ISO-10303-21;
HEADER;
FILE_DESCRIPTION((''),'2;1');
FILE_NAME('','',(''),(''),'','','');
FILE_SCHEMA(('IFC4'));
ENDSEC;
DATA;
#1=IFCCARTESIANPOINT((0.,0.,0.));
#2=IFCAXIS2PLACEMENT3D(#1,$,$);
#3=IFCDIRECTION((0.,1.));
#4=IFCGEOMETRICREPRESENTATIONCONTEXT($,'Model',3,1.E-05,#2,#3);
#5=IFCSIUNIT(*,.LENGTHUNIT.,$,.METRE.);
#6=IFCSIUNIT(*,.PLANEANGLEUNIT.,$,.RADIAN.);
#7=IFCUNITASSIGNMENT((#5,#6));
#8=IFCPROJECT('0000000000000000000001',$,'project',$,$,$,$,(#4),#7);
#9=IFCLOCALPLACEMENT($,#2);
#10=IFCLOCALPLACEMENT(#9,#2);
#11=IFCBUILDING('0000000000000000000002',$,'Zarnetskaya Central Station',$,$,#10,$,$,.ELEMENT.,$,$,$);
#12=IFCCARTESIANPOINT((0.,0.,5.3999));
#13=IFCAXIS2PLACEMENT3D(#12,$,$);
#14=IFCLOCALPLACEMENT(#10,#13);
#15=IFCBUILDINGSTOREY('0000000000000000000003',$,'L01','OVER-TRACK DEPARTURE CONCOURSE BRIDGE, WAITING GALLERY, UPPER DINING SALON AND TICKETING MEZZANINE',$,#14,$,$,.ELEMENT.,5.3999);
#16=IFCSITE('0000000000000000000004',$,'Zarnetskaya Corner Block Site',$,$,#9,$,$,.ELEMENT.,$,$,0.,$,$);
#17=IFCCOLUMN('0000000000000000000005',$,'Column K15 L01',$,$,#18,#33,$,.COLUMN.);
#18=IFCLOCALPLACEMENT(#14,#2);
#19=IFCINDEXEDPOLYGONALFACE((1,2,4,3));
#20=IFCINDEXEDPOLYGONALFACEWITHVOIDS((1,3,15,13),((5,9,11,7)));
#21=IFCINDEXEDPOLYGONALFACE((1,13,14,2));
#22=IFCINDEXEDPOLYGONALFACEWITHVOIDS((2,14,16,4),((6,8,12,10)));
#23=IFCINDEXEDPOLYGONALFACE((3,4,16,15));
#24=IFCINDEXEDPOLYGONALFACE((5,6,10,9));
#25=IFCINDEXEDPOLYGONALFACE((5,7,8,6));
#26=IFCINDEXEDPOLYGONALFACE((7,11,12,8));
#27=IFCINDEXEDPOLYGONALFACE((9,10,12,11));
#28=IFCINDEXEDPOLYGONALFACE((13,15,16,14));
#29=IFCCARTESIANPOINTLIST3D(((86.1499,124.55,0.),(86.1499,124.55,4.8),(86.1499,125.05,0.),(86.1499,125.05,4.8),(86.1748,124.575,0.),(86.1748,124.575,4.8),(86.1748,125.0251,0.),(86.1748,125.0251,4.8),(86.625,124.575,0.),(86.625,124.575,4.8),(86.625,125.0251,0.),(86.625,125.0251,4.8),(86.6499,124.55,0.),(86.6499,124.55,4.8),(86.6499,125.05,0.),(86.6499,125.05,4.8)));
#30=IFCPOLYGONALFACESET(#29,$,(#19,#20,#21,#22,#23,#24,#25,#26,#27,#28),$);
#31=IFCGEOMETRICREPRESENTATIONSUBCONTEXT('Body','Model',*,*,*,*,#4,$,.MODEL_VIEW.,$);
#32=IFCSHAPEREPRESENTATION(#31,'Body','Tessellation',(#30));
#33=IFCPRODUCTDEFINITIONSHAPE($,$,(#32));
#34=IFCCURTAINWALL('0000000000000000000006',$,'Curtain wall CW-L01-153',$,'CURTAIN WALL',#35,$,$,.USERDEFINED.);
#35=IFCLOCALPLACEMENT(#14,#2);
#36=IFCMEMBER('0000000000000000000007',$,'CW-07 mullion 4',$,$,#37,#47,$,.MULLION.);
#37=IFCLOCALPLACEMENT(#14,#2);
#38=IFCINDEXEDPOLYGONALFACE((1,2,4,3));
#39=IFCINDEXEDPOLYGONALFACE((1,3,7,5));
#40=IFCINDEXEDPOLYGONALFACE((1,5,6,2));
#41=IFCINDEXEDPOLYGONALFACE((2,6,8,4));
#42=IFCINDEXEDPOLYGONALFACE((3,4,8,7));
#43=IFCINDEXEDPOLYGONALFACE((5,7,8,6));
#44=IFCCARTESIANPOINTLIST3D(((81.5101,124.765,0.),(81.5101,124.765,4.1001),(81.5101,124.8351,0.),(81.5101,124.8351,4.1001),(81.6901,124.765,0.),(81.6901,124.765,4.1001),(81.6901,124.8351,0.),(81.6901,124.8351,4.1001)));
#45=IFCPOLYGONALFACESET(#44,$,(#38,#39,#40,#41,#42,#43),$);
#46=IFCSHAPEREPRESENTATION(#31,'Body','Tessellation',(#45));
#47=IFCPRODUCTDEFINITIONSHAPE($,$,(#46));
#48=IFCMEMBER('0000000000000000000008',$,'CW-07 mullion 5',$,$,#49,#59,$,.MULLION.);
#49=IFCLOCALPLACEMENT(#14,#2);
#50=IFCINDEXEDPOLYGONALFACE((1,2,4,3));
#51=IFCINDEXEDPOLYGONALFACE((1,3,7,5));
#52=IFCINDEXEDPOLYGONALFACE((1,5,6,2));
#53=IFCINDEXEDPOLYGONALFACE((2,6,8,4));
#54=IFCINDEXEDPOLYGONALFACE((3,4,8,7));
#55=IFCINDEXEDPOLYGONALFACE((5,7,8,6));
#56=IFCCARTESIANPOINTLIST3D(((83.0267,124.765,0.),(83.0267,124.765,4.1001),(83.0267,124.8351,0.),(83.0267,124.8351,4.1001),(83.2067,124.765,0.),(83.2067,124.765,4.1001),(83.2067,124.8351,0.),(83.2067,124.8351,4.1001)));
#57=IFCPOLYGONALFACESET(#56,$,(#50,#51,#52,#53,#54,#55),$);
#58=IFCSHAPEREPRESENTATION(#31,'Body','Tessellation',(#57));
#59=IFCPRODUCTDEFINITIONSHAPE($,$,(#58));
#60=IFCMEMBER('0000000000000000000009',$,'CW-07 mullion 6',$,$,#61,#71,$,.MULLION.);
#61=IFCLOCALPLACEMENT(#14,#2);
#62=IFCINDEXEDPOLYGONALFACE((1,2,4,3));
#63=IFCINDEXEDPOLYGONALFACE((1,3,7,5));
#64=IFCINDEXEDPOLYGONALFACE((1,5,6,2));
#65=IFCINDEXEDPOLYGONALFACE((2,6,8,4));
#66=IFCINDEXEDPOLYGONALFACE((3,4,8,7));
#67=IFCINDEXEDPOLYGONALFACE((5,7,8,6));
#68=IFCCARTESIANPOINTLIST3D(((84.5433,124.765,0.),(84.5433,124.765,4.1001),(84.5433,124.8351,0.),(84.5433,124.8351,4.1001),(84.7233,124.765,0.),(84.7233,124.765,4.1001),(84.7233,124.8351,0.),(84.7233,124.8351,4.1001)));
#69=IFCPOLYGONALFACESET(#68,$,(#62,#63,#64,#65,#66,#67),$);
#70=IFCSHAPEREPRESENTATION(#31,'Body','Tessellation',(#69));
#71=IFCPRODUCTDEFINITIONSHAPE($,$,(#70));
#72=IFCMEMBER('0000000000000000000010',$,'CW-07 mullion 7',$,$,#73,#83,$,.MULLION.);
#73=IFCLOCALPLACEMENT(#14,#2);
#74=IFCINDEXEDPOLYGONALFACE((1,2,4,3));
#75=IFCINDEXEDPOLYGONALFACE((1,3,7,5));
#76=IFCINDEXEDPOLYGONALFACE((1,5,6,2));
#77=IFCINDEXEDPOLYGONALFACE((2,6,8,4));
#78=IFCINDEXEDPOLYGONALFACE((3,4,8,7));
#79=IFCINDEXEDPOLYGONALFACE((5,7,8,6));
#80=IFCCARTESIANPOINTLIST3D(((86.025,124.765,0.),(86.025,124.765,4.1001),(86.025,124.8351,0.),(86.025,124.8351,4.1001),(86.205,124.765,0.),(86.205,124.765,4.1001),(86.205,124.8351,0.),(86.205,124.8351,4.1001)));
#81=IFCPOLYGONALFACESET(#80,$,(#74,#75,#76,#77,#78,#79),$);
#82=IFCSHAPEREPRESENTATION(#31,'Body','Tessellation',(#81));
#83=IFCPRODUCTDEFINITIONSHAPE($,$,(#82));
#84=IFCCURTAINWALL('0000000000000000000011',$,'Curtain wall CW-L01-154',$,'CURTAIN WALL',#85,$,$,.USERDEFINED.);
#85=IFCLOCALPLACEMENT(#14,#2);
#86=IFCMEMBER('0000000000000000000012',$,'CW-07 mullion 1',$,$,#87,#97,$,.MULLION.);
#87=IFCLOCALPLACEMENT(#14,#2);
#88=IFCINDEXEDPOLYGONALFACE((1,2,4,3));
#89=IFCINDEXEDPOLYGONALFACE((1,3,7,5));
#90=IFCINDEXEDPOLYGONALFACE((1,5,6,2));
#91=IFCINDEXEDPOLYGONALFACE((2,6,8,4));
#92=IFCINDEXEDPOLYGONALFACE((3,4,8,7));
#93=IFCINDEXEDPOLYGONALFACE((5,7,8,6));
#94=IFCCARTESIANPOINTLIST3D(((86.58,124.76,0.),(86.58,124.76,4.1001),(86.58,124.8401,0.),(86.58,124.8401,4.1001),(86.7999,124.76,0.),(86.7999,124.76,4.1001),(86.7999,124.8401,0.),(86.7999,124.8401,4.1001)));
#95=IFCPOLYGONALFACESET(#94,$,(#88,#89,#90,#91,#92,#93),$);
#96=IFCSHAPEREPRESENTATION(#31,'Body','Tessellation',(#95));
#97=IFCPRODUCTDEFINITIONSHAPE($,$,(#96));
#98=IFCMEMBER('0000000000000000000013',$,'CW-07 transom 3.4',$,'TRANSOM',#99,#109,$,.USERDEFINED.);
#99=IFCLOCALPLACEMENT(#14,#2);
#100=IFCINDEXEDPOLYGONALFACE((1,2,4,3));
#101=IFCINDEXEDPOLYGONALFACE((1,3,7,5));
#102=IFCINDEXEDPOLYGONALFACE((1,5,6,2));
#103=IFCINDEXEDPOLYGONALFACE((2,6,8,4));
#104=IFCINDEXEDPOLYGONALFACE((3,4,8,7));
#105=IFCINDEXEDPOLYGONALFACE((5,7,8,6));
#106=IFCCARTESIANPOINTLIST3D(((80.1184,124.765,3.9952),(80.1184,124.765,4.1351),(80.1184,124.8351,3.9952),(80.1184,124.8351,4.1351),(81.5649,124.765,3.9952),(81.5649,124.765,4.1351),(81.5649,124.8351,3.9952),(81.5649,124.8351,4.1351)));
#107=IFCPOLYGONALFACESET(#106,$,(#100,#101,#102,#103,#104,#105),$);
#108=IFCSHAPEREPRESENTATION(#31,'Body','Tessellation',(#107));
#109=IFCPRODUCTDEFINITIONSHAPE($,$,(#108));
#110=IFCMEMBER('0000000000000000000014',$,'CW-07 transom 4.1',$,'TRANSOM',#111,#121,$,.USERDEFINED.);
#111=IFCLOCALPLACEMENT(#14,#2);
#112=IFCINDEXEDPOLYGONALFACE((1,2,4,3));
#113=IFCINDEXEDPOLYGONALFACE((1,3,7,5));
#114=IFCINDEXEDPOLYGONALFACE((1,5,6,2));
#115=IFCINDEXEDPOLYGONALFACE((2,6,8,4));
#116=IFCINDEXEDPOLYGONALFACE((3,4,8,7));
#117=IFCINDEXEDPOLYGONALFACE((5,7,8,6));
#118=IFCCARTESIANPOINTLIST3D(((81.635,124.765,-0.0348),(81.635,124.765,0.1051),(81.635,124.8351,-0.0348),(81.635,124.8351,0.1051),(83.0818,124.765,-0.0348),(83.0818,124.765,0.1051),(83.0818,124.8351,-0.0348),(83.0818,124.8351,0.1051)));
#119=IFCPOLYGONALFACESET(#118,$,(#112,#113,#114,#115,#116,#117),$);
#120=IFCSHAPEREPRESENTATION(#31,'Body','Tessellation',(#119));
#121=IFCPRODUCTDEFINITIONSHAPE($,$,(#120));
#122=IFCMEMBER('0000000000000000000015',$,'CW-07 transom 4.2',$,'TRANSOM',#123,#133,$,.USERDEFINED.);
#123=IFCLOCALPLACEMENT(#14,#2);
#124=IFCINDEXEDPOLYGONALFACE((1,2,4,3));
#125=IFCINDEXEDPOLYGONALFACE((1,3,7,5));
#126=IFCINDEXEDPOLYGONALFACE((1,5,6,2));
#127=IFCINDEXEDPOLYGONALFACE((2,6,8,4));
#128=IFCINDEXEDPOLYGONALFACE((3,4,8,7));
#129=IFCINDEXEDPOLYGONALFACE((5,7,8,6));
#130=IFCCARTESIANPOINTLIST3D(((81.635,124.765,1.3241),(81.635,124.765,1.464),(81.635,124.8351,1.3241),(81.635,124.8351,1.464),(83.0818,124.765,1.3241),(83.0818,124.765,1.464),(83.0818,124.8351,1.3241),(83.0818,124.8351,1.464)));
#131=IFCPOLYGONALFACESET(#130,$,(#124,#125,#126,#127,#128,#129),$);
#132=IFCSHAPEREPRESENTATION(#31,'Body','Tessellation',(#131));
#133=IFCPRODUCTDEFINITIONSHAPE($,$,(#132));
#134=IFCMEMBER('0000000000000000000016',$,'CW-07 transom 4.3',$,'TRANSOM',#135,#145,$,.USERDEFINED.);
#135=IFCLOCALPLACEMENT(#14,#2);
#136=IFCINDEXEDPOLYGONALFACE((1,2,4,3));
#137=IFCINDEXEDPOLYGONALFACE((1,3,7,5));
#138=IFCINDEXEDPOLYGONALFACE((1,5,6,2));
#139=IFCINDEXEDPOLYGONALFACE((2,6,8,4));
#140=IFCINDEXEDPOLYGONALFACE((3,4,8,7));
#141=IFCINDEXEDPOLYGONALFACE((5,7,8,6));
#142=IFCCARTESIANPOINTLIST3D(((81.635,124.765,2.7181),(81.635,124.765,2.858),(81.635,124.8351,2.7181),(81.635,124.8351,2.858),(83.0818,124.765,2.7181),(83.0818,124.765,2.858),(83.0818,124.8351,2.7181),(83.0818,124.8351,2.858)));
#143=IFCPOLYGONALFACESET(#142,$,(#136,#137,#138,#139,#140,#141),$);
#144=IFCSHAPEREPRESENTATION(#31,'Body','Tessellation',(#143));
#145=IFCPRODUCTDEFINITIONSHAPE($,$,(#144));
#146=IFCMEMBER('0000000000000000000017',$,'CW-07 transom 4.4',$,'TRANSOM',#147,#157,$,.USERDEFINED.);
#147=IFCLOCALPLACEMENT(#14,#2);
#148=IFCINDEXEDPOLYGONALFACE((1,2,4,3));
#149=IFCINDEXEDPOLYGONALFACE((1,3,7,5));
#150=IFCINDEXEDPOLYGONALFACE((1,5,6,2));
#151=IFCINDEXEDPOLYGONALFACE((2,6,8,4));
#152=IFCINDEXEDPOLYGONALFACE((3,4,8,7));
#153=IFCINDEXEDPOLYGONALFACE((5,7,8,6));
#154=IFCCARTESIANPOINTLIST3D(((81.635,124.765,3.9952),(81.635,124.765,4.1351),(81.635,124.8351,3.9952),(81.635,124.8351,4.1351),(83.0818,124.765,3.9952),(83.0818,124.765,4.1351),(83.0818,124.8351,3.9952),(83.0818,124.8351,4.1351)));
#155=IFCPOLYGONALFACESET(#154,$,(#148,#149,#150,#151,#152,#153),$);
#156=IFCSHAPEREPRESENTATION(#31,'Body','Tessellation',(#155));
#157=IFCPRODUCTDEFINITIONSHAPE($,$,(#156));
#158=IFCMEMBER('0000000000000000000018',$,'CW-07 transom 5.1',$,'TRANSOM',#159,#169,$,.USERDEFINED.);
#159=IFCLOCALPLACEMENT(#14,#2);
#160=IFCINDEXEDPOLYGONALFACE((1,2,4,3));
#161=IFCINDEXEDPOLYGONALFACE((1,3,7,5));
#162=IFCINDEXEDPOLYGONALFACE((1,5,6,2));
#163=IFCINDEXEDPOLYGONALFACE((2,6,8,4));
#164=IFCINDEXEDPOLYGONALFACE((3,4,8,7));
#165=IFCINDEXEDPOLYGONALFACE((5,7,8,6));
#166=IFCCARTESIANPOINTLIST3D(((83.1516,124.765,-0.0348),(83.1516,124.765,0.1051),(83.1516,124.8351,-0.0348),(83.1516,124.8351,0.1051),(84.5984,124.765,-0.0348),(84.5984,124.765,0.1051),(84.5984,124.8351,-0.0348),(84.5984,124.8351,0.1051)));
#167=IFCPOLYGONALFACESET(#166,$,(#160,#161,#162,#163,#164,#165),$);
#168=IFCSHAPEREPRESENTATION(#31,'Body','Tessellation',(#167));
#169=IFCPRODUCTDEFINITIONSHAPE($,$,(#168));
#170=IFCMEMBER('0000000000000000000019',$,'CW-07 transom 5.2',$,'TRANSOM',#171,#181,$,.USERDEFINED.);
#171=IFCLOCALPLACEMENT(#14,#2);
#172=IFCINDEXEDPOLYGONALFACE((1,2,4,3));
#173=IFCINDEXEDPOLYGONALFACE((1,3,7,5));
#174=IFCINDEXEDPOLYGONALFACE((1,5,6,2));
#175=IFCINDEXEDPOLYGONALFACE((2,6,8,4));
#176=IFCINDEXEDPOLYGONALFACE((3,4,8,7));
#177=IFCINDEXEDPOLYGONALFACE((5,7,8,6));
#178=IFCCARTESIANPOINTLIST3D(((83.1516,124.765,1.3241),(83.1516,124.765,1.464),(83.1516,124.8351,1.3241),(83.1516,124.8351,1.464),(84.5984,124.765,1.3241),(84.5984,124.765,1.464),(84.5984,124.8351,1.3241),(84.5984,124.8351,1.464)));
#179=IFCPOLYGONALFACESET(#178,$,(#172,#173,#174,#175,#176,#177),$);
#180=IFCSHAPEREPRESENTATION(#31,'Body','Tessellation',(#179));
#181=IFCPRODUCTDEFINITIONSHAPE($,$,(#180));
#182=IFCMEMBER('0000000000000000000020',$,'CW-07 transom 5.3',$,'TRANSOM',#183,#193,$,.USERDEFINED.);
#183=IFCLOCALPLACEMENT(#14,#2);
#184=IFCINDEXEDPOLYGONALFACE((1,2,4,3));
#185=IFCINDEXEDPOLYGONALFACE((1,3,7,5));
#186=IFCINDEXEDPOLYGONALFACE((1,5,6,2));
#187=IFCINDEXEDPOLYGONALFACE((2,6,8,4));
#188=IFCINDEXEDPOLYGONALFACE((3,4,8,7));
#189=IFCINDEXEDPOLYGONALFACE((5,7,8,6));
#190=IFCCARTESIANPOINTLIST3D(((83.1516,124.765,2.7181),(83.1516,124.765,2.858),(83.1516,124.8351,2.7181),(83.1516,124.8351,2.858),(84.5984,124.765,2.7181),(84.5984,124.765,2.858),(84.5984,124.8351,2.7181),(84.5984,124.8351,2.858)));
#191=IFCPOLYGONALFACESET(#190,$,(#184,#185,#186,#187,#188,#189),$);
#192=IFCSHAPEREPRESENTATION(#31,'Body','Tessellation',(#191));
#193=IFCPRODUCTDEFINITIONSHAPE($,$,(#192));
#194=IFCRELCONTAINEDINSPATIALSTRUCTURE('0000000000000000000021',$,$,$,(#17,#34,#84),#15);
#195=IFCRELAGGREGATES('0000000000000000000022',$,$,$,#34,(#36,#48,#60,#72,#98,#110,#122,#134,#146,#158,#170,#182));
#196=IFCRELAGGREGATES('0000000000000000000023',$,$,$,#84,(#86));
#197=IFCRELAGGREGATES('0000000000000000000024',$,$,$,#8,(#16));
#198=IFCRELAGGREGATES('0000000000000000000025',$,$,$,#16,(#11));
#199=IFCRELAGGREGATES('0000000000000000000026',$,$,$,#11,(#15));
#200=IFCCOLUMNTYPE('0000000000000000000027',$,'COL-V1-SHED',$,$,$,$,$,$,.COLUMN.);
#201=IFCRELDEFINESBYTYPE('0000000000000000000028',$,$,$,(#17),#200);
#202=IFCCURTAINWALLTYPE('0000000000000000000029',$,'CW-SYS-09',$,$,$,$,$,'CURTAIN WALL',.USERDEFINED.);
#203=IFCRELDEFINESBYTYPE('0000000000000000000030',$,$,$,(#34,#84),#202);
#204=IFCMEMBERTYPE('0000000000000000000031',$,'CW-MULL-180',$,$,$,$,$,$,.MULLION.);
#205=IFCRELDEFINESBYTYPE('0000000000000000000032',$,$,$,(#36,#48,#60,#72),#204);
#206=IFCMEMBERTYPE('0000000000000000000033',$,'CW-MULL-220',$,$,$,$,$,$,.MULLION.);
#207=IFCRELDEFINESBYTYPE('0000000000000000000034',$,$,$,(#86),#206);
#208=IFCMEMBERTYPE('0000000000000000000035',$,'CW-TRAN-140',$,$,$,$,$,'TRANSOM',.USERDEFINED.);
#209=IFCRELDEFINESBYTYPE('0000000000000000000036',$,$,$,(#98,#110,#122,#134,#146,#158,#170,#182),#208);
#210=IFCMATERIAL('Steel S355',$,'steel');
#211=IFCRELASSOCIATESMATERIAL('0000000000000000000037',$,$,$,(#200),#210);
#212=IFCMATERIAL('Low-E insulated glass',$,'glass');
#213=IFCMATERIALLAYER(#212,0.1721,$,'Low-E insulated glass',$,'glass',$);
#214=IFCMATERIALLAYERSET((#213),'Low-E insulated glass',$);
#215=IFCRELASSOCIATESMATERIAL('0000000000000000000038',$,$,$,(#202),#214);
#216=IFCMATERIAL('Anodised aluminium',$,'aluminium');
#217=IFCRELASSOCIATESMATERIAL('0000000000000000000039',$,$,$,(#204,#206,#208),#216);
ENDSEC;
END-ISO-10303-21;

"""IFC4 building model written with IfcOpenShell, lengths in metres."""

from ifc_helpers import new_model, si_unit, direction, frame, origin, origin_2d, place, context, subcontext, project, spatial, rectangle, hollow_rectangle, extrude, material, layer, layer_set, material_profile, profile_set, type_object, element, aggregate, save


model = new_model("IFC4")

# Units and contexts
model_context = context("Model", 3, precision=1e-05, world=origin(), true_north=direction((0.0, 1.0)))
body_context = subcontext(model_context, "Body", "Model", "MODEL_VIEW")
ifc_project = project(units=[si_unit("LENGTHUNIT", "METRE"), si_unit("PLANEANGLEUNIT", "RADIAN")], contexts=[model_context])

# Site, building, storey
site_placement = place(None, origin())
site = spatial("IfcSite", under=ifc_project, at=site_placement, Name="Zarnetskaya Corner Block Site", CompositionType="ELEMENT", RefElevation=0.0)
building_placement = place(site_placement, origin())
building = spatial("IfcBuilding", under=site, at=building_placement, Name="Zarnetskaya Central Station", CompositionType="ELEMENT")
storey_placement = place(building_placement, frame((0.0, 0.0, 5.3999)))
storey = spatial("IfcBuildingStorey", under=building, at=storey_placement, Name="L01", Description="OVER-TRACK DEPARTURE CONCOURSE BRIDGE, WAITING GALLERY, UPPER DINING SALON AND TICKETING MEZZANINE", CompositionType="ELEMENT", Elevation=5.3999)

# Column
ifc_material_1 = material(Name="Steel S355", Category="steel")
ifc_material_profile_1 = material_profile(ifc_material_1, hollow_rectangle(XDim=0.5, YDim=0.5, WallThickness=0.0249, at=origin_2d()), Name="BOX 500x500x25")
ifc_profile_set_1 = profile_set([ifc_material_profile_1], Name="Steel S355")
column_type = type_object("IfcColumnType", Name="COL-V1-SHED", PredefinedType="COLUMN", material=ifc_profile_set_1)
column_placement = place(storey_placement, frame((86.3999, 124.8, 0.0), z_axis=(0.0, 0.0, 1.0), x_axis=(1.0, 0.0, 0.0)))
element("IfcColumn", 1, at=column_placement, inside=storey, type_object=column_type, Name="Column K15 L01", PredefinedType="COLUMN", context=body_context, shape_type="SweptSolid", body=[
    extrude(hollow_rectangle(XDim=0.5, YDim=0.5, WallThickness=0.0249, at=origin_2d()), origin(), (0.0, 0.0, 1.0), 4.8),
])

# Curtain wall, members
ifc_material_2 = material(Name="Low-E insulated glass", Category="glass")
ifc_layer_1 = layer(ifc_material_2, 0.1721, Name="Low-E insulated glass", Category="glass")
ifc_layer_set_1 = layer_set([ifc_layer_1], Name="Low-E insulated glass")
curtain_wall_type = type_object("IfcCurtainWallType", Name="CW-SYS-09", ElementType="CURTAIN WALL", PredefinedType="USERDEFINED", material=ifc_layer_set_1)
curtain_wall_1_placement = place(storey_placement, origin())
curtain_wall_1 = element("IfcCurtainWall", 2, at=curtain_wall_1_placement, inside=storey, type_object=curtain_wall_type, Name="Curtain wall CW-L01-153", ObjectType="CURTAIN WALL", PredefinedType="USERDEFINED")
ifc_material_3 = material(Name="Anodised aluminium", Category="aluminium")
ifc_material_profile_2 = material_profile(ifc_material_3, rectangle(XDim=0.0701, YDim=0.1799, at=origin_2d()), Name="ALU MULL 70x180")
ifc_profile_set_2 = profile_set([ifc_material_profile_2], Name="Anodised aluminium")
member_type_1 = type_object("IfcMemberType", Name="CW-MULL-180", PredefinedType="MULLION", material=ifc_profile_set_2)
member_1_placement = place(storey_placement, frame((81.6001, 124.8, 0.0), z_axis=(0.0, 0.0, 1.0), x_axis=(0.0, 1.0, 0.0)))
member_1 = element("IfcMember", 3, at=member_1_placement, type_object=member_type_1, Name="CW-07 mullion 4", PredefinedType="MULLION", context=body_context, shape_type="SweptSolid", body=[
    extrude(rectangle(XDim=0.0701, YDim=0.1799, at=origin_2d()), origin(), (0.0, 0.0, 1.0), 4.1001),
])
member_2_placement = place(storey_placement, frame((83.1167, 124.8, 0.0), z_axis=(0.0, 0.0, 1.0), x_axis=(0.0, 1.0, 0.0)))
member_2 = element("IfcMember", 4, at=member_2_placement, type_object=member_type_1, Name="CW-07 mullion 5", PredefinedType="MULLION", context=body_context, shape_type="SweptSolid", body=[
    extrude(rectangle(XDim=0.0701, YDim=0.1799, at=origin_2d()), origin(), (0.0, 0.0, 1.0), 4.1001),
])
member_3_placement = place(storey_placement, frame((84.6333, 124.8, 0.0), z_axis=(0.0, 0.0, 1.0), x_axis=(0.0, 1.0, 0.0)))
member_3 = element("IfcMember", 5, at=member_3_placement, type_object=member_type_1, Name="CW-07 mullion 6", PredefinedType="MULLION", context=body_context, shape_type="SweptSolid", body=[
    extrude(rectangle(XDim=0.0701, YDim=0.1799, at=origin_2d()), origin(), (0.0, 0.0, 1.0), 4.1001),
])
member_4_placement = place(storey_placement, frame((86.115, 124.8, 0.0), z_axis=(0.0, 0.0, 1.0), x_axis=(0.0, 1.0, 0.0)))
member_4 = element("IfcMember", 6, at=member_4_placement, type_object=member_type_1, Name="CW-07 mullion 7", PredefinedType="MULLION", context=body_context, shape_type="SweptSolid", body=[
    extrude(rectangle(XDim=0.0701, YDim=0.1799, at=origin_2d()), origin(), (0.0, 0.0, 1.0), 4.1001),
])

# Curtain wall, member
curtain_wall_2_placement = place(storey_placement, origin())
curtain_wall_2 = element("IfcCurtainWall", 7, at=curtain_wall_2_placement, inside=storey, type_object=curtain_wall_type, Name="Curtain wall CW-L01-154", ObjectType="CURTAIN WALL", PredefinedType="USERDEFINED")
ifc_material_profile_3 = material_profile(ifc_material_3, rectangle(XDim=0.0801, YDim=0.22, at=origin_2d()), Name="ALU MULL 80x220")
ifc_profile_set_3 = profile_set([ifc_material_profile_3], Name="Anodised aluminium")
member_type_2 = type_object("IfcMemberType", Name="CW-MULL-220", PredefinedType="MULLION", material=ifc_profile_set_3)
member_5_placement = place(storey_placement, frame((86.6899, 124.8, 0.0), z_axis=(0.0, 0.0, 1.0), x_axis=(0.0, 1.0, 0.0)))
member_5 = element("IfcMember", 8, at=member_5_placement, type_object=member_type_2, Name="CW-07 mullion 1", PredefinedType="MULLION", context=body_context, shape_type="SweptSolid", body=[
    extrude(rectangle(XDim=0.0801, YDim=0.22, at=origin_2d()), origin(), (0.0, 0.0, 1.0), 4.1001),
])

# Members
ifc_material_profile_4 = material_profile(ifc_material_3, rectangle(XDim=0.0701, YDim=0.1399, at=origin_2d()), Name="ALU TRAN 70x140")
ifc_profile_set_4 = profile_set([ifc_material_profile_4], Name="Anodised aluminium")
member_type_3 = type_object("IfcMemberType", Name="CW-TRAN-140", ElementType="TRANSOM", PredefinedType="USERDEFINED", material=ifc_profile_set_4)
member_6_placement = place(storey_placement, frame((80.1184, 124.8, 4.0652), z_axis=(1.0, 0.0, 0.0), x_axis=(0.0, 1.0, 0.0)))
member_6 = element("IfcMember", 9, at=member_6_placement, type_object=member_type_3, Name="CW-07 transom 3.4", ObjectType="TRANSOM", PredefinedType="USERDEFINED", context=body_context, shape_type="SweptSolid", body=[
    extrude(rectangle(XDim=0.0701, YDim=0.1399, at=origin_2d()), origin(), (0.0, 0.0, 1.0), 1.4465),
])
member_7_placement = place(storey_placement, frame((81.635, 124.8, 0.0352), z_axis=(1.0, 0.0, 0.0), x_axis=(0.0, 1.0, 0.0)))
member_7 = element("IfcMember", 10, at=member_7_placement, type_object=member_type_3, Name="CW-07 transom 4.1", ObjectType="TRANSOM", PredefinedType="USERDEFINED", context=body_context, shape_type="SweptSolid", body=[
    extrude(rectangle(XDim=0.0701, YDim=0.1399, at=origin_2d()), origin(), (0.0, 0.0, 1.0), 1.4468),
])
member_8_placement = place(storey_placement, frame((81.635, 124.8, 1.394), z_axis=(1.0, 0.0, 0.0), x_axis=(0.0, 1.0, 0.0)))
member_8 = element("IfcMember", 11, at=member_8_placement, type_object=member_type_3, Name="CW-07 transom 4.2", ObjectType="TRANSOM", PredefinedType="USERDEFINED", context=body_context, shape_type="SweptSolid", body=[
    extrude(rectangle(XDim=0.0701, YDim=0.1399, at=origin_2d()), origin(), (0.0, 0.0, 1.0), 1.4468),
])
member_9_placement = place(storey_placement, frame((81.635, 124.8, 2.7881), z_axis=(1.0, 0.0, 0.0), x_axis=(0.0, 1.0, 0.0)))
member_9 = element("IfcMember", 12, at=member_9_placement, type_object=member_type_3, Name="CW-07 transom 4.3", ObjectType="TRANSOM", PredefinedType="USERDEFINED", context=body_context, shape_type="SweptSolid", body=[
    extrude(rectangle(XDim=0.0701, YDim=0.1399, at=origin_2d()), origin(), (0.0, 0.0, 1.0), 1.4468),
])
member_10_placement = place(storey_placement, frame((81.635, 124.8, 4.0652), z_axis=(1.0, 0.0, 0.0), x_axis=(0.0, 1.0, 0.0)))
member_10 = element("IfcMember", 13, at=member_10_placement, type_object=member_type_3, Name="CW-07 transom 4.4", ObjectType="TRANSOM", PredefinedType="USERDEFINED", context=body_context, shape_type="SweptSolid", body=[
    extrude(rectangle(XDim=0.0701, YDim=0.1399, at=origin_2d()), origin(), (0.0, 0.0, 1.0), 1.4468),
])
member_11_placement = place(storey_placement, frame((83.1516, 124.8, 0.0352), z_axis=(1.0, 0.0, 0.0), x_axis=(0.0, 1.0, 0.0)))
member_11 = element("IfcMember", 14, at=member_11_placement, type_object=member_type_3, Name="CW-07 transom 5.1", ObjectType="TRANSOM", PredefinedType="USERDEFINED", context=body_context, shape_type="SweptSolid", body=[
    extrude(rectangle(XDim=0.0701, YDim=0.1399, at=origin_2d()), origin(), (0.0, 0.0, 1.0), 1.4468),
])
member_12_placement = place(storey_placement, frame((83.1516, 124.8, 1.394), z_axis=(1.0, 0.0, 0.0), x_axis=(0.0, 1.0, 0.0)))
member_12 = element("IfcMember", 15, at=member_12_placement, type_object=member_type_3, Name="CW-07 transom 5.2", ObjectType="TRANSOM", PredefinedType="USERDEFINED", context=body_context, shape_type="SweptSolid", body=[
    extrude(rectangle(XDim=0.0701, YDim=0.1399, at=origin_2d()), origin(), (0.0, 0.0, 1.0), 1.4468),
])
member_13_placement = place(storey_placement, frame((83.1516, 124.8, 2.7881), z_axis=(1.0, 0.0, 0.0), x_axis=(0.0, 1.0, 0.0)))
member_13 = element("IfcMember", 16, at=member_13_placement, type_object=member_type_3, Name="CW-07 transom 5.3", ObjectType="TRANSOM", PredefinedType="USERDEFINED", context=body_context, shape_type="SweptSolid", body=[
    extrude(rectangle(XDim=0.0701, YDim=0.1399, at=origin_2d()), origin(), (0.0, 0.0, 1.0), 1.4468),
])

aggregate(curtain_wall_1, [member_1, member_2, member_3, member_4, member_6, member_7, member_8, member_9, member_10, member_11, member_12, member_13])
aggregate(curtain_wall_2, [member_5])

save(model, "model.ifc")
